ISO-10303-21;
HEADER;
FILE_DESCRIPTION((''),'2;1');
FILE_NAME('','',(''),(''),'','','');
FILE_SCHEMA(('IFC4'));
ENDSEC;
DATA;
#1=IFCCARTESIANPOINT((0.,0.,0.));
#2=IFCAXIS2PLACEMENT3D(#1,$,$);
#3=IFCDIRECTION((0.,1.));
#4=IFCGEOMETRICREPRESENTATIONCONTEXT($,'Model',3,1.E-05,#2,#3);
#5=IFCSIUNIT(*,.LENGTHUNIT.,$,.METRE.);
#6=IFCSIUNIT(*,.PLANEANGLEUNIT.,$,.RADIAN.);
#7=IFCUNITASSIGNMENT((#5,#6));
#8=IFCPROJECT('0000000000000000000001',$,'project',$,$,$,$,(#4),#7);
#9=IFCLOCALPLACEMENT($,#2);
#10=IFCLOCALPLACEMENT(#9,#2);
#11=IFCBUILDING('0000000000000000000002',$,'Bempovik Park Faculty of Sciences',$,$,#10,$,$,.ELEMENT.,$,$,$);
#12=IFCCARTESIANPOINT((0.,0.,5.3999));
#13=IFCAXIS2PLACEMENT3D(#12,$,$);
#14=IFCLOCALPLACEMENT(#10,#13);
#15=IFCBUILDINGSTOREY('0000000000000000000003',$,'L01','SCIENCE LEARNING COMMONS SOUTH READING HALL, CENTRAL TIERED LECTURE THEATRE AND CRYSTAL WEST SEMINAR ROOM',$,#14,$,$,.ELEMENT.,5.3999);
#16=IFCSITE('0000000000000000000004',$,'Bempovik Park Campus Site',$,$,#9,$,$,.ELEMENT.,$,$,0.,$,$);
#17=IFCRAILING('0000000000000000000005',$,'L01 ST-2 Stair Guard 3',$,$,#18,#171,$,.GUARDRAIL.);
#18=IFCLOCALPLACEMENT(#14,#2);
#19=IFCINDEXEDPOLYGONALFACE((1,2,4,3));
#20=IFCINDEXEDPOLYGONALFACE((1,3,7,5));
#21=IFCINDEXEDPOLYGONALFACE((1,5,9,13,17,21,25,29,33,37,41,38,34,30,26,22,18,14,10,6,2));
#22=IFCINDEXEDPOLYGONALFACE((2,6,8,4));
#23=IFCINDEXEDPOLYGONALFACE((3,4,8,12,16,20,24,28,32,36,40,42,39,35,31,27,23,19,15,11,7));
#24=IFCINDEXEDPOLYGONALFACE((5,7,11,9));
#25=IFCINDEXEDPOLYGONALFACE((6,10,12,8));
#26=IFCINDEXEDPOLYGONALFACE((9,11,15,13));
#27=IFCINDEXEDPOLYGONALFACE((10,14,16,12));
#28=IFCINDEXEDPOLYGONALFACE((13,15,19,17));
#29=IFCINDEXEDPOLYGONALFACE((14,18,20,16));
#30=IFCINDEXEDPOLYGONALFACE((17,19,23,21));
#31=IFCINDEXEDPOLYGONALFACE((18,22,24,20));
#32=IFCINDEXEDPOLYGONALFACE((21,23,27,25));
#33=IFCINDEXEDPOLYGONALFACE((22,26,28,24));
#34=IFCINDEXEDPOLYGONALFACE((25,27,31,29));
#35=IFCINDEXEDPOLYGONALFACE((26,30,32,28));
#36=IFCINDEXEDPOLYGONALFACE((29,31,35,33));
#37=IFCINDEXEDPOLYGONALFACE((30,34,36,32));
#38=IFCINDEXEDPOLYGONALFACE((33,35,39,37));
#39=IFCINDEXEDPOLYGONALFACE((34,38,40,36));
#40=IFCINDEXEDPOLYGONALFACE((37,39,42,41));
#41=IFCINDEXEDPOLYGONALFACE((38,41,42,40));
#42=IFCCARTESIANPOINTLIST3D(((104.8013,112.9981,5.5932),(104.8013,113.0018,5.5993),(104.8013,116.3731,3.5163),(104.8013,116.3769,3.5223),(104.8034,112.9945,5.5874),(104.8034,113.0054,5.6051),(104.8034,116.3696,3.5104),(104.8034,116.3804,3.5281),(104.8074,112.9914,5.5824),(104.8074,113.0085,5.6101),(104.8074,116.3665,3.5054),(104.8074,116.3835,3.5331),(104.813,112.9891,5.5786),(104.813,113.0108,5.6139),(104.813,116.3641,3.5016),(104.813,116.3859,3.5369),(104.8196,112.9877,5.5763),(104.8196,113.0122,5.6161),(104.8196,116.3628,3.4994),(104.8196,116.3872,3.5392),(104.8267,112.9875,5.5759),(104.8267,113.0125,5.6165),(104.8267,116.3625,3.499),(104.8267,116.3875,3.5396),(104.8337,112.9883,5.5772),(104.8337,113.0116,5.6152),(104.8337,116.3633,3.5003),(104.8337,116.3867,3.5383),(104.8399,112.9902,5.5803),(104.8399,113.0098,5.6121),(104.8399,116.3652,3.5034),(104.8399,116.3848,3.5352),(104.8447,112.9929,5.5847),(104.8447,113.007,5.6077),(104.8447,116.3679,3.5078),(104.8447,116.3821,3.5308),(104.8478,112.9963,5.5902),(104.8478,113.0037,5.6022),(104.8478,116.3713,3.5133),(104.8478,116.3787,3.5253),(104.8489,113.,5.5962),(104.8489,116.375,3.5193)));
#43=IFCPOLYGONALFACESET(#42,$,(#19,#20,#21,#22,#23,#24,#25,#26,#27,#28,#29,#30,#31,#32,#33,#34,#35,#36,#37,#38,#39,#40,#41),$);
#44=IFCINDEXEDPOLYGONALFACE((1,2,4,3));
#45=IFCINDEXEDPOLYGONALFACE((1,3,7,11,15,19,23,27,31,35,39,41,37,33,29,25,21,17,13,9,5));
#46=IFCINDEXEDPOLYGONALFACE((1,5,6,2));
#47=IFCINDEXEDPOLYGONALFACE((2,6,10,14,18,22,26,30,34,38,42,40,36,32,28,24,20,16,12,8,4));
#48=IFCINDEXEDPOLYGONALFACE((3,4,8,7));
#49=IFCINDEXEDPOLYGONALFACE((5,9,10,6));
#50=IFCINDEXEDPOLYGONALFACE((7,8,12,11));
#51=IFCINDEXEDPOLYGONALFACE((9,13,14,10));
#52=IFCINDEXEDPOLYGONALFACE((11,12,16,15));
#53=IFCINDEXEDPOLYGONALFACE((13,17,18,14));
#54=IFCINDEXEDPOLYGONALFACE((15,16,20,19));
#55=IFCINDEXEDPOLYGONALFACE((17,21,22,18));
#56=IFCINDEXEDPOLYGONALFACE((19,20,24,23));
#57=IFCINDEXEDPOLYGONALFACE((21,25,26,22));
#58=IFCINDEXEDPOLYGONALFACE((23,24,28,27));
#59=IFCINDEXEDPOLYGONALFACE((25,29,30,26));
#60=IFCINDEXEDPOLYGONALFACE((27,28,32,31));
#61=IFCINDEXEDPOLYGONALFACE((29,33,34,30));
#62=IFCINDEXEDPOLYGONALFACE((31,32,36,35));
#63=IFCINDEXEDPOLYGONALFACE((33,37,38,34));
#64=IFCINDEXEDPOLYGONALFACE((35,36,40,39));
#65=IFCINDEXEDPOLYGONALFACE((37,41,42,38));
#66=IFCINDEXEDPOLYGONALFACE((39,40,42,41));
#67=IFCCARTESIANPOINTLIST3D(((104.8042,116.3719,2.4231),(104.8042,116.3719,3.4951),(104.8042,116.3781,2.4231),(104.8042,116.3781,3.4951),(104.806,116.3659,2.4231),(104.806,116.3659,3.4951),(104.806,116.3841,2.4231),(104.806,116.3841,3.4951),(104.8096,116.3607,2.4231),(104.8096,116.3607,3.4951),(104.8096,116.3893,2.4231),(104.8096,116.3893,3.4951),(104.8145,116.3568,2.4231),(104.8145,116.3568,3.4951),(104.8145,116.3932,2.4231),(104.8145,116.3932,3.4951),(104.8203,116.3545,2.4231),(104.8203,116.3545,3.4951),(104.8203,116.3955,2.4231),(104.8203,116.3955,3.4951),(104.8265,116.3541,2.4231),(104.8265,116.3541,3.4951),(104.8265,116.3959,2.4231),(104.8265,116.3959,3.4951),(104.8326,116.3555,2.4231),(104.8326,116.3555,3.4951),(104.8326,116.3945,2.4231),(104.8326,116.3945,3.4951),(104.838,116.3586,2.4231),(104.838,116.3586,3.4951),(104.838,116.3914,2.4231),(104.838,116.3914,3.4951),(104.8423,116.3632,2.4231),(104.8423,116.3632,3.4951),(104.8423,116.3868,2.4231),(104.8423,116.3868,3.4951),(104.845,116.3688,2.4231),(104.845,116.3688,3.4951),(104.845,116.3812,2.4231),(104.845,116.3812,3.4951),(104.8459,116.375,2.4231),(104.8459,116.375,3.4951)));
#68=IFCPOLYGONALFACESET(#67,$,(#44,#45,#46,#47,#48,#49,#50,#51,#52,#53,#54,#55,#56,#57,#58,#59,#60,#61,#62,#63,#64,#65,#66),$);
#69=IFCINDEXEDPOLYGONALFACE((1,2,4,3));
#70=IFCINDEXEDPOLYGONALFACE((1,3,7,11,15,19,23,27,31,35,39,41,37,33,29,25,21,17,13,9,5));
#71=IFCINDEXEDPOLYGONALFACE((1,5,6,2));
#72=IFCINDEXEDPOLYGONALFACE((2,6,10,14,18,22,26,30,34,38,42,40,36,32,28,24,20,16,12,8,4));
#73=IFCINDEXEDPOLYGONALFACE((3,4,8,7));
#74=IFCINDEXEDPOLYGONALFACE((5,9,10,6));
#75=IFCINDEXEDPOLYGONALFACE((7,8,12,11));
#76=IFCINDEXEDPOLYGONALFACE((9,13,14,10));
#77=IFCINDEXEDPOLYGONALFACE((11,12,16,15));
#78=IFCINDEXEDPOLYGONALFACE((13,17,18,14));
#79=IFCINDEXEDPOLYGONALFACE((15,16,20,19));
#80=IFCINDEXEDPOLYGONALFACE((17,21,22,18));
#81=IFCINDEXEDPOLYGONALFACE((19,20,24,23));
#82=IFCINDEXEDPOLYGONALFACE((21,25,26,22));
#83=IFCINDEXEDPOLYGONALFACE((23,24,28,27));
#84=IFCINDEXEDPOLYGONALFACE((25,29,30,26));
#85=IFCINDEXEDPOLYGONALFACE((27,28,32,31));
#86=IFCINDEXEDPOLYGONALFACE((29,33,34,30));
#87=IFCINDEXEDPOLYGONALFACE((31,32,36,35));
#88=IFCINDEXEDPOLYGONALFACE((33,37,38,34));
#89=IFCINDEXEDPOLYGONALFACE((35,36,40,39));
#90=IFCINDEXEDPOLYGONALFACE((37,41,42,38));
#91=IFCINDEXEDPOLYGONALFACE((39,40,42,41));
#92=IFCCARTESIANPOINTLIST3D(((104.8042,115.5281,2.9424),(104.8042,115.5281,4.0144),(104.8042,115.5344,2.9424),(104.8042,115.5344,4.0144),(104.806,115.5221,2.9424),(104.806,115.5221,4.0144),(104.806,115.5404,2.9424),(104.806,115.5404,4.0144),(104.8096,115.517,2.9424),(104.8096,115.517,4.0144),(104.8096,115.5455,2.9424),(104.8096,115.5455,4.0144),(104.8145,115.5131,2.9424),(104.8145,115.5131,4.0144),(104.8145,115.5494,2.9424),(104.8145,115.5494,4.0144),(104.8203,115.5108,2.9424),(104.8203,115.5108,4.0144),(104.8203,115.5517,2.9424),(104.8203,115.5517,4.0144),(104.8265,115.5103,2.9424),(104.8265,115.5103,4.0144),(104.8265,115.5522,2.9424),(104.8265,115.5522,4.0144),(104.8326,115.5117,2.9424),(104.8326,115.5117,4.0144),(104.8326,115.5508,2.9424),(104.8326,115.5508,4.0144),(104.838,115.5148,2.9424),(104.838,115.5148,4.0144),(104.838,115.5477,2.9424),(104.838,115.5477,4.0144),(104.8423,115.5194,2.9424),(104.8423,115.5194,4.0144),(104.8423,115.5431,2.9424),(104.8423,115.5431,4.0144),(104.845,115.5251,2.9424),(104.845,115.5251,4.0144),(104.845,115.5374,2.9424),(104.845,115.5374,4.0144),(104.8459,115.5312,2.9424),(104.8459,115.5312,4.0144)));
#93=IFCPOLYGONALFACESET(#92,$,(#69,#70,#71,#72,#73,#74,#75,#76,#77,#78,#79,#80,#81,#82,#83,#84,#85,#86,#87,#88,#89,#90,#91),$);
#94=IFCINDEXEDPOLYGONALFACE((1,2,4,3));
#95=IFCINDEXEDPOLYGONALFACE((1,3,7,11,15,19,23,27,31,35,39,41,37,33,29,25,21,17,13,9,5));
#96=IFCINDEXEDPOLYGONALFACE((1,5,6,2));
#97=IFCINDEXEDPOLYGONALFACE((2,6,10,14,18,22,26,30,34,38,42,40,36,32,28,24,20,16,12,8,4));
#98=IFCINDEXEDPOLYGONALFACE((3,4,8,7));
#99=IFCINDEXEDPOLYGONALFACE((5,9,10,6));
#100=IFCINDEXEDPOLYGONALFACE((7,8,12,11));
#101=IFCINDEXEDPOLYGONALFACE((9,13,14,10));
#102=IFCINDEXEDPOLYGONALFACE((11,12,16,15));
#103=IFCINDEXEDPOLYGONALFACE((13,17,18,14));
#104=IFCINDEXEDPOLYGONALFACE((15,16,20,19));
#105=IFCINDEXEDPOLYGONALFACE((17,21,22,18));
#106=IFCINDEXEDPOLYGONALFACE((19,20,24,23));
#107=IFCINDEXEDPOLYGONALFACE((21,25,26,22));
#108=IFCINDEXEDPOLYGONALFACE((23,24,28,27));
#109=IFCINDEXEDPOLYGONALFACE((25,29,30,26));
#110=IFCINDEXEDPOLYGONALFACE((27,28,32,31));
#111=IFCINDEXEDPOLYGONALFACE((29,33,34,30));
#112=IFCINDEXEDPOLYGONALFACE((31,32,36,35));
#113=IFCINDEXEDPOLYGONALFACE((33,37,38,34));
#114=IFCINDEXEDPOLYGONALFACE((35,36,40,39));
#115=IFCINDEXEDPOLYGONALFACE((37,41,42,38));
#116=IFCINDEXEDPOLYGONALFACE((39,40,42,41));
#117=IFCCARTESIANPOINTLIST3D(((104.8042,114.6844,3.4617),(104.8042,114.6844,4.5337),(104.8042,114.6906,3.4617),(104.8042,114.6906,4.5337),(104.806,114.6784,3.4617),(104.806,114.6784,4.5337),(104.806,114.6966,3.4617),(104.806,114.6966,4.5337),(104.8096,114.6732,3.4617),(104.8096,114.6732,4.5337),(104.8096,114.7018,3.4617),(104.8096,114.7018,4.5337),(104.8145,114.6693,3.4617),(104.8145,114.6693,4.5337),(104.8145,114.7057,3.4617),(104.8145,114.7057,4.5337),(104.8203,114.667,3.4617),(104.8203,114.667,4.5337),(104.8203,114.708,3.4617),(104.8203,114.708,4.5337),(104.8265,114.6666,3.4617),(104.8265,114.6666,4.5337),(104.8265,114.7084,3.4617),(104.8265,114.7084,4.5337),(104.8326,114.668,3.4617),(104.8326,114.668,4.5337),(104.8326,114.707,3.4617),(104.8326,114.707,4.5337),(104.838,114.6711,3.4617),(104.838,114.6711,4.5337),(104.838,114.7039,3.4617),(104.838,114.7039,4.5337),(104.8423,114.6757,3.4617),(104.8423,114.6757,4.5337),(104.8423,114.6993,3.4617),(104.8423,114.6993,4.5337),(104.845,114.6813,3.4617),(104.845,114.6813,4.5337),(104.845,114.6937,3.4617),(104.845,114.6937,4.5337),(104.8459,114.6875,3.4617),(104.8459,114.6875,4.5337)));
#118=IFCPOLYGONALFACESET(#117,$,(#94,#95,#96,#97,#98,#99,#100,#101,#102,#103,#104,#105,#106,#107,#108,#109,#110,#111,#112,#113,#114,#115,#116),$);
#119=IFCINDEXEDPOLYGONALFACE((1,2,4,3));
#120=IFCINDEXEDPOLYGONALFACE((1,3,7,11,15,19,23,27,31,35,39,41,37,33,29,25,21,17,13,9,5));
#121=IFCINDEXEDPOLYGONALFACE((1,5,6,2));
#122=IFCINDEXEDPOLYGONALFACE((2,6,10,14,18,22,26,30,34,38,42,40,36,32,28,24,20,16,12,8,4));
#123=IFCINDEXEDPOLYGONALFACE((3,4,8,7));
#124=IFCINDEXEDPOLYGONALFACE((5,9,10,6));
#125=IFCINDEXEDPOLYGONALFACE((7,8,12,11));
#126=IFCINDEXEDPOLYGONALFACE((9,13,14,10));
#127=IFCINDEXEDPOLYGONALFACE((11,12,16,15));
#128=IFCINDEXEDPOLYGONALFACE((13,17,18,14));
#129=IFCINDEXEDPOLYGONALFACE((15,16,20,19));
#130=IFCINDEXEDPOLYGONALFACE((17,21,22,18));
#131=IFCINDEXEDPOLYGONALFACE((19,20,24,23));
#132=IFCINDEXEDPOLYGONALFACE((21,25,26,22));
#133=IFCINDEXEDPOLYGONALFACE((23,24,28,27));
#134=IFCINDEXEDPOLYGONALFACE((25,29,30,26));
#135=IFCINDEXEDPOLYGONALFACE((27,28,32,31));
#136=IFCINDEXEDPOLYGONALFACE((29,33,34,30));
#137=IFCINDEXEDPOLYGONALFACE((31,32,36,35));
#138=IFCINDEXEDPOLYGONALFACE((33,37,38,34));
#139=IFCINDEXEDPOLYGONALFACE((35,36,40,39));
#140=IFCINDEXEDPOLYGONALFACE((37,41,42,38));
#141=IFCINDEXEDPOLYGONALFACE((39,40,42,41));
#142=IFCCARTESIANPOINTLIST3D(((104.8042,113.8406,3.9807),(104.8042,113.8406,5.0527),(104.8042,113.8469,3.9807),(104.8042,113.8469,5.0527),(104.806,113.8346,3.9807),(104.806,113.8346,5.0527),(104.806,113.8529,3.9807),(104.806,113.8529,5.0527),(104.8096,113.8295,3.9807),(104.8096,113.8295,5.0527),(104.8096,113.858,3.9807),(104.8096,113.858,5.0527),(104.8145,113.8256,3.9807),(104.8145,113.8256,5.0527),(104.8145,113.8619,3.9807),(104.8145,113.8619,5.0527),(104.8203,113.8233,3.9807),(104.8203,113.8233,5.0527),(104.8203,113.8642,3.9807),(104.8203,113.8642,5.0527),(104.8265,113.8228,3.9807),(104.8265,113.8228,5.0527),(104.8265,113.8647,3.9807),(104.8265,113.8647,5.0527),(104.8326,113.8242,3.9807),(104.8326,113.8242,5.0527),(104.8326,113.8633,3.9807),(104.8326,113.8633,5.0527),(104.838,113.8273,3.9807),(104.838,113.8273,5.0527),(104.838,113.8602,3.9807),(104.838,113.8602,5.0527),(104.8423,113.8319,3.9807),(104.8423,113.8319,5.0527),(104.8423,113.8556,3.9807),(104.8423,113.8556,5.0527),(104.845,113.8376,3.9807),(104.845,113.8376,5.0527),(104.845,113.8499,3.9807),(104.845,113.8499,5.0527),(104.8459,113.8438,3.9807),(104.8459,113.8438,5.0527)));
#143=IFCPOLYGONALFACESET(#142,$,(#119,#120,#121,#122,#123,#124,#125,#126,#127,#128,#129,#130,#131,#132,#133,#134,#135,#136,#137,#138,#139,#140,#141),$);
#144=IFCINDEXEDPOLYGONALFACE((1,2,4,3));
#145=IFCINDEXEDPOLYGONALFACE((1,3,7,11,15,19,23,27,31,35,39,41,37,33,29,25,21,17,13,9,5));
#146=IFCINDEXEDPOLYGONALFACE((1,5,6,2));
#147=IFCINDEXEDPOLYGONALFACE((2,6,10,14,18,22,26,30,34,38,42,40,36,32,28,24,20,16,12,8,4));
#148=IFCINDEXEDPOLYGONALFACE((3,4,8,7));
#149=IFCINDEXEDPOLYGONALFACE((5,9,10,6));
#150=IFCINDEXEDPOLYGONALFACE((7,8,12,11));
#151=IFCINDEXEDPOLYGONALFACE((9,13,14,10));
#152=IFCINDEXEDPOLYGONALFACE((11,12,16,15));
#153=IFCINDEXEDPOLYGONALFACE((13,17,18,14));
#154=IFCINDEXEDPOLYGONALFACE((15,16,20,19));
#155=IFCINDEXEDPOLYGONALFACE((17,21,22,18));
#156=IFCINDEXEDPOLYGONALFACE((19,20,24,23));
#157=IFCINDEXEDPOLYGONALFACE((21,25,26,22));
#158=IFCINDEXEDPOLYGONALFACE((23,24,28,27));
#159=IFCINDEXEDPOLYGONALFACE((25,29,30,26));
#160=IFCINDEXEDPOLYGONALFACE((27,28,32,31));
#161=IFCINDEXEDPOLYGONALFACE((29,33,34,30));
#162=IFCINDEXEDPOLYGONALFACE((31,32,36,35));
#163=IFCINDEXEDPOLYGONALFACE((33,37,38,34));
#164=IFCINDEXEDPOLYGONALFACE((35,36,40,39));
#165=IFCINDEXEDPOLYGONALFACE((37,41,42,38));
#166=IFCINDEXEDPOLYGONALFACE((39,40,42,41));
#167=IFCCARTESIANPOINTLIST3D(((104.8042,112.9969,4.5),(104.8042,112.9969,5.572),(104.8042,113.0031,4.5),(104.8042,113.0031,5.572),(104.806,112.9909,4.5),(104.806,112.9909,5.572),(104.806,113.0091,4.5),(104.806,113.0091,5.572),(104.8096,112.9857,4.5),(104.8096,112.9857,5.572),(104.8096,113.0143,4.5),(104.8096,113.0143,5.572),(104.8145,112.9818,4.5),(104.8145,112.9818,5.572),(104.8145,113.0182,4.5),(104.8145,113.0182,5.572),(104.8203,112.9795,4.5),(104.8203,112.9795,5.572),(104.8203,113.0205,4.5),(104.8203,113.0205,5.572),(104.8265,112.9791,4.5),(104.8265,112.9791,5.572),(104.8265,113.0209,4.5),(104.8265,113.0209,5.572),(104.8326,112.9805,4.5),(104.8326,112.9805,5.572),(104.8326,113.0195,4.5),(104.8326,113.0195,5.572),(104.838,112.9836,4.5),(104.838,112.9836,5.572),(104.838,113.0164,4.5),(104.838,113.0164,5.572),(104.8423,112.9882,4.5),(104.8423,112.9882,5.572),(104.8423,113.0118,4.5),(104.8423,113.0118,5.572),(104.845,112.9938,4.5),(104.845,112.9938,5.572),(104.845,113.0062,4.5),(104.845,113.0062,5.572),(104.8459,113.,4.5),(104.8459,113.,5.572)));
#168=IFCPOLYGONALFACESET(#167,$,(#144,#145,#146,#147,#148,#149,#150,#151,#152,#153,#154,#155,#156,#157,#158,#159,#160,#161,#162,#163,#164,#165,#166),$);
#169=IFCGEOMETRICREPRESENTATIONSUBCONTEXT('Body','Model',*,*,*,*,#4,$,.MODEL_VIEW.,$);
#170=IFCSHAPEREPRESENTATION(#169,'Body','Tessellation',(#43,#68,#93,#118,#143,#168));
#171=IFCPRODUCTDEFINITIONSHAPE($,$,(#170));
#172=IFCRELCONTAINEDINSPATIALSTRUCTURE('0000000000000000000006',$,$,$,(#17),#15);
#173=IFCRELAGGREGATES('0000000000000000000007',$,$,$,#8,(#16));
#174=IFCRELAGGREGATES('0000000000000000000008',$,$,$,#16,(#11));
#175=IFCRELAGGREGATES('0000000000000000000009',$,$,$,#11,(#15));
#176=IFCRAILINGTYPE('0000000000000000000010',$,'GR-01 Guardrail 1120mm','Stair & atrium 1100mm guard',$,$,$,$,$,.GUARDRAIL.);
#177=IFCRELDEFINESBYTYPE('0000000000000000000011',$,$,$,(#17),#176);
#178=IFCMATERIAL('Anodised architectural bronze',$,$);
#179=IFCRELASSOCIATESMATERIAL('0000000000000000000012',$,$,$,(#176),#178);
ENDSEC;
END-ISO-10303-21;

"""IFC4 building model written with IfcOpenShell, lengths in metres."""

from ifc_helpers import new_model, si_unit, direction, frame, origin, origin_2d, place, context, subcontext, project, spatial, circle, extrude, material, type_object, element, save


model = new_model("IFC4")

# Units and contexts
model_context = context("Model", 3, precision=1e-05, world=origin(), true_north=direction((0.0, 1.0)))
body_context = subcontext(model_context, "Body", "Model", "MODEL_VIEW")
ifc_project = project(units=[si_unit("LENGTHUNIT", "METRE"), si_unit("PLANEANGLEUNIT", "RADIAN")], contexts=[model_context])

# Site, building, storey
site_placement = place(None, origin())
site = spatial("IfcSite", under=ifc_project, at=site_placement, Name="Bempovik Park Campus Site", CompositionType="ELEMENT", RefElevation=0.0)
building_placement = place(site_placement, origin())
building = spatial("IfcBuilding", under=site, at=building_placement, Name="Bempovik Park Faculty of Sciences", CompositionType="ELEMENT")
storey_placement = place(building_placement, frame((0.0, 0.0, 5.3999)))
storey = spatial("IfcBuildingStorey", under=building, at=storey_placement, Name="L01", Description="SCIENCE LEARNING COMMONS SOUTH READING HALL, CENTRAL TIERED LECTURE THEATRE AND CRYSTAL WEST SEMINAR ROOM", CompositionType="ELEMENT", Elevation=5.3999)

# Railing
ifc_material_1 = material(Name="Anodised architectural bronze")
railing_type_1 = type_object("IfcRailingType", Name="GR-01 Guardrail 1120mm", Description="Stair & atrium 1100mm guard", PredefinedType="GUARDRAIL", material=ifc_material_1)
railing_1_placement = place(storey_placement, frame((104.825, 116.375, 2.4231)))
element("IfcRailing", 1, at=railing_1_placement, inside=storey, type_object=railing_type_1, Name="L01 ST-2 Stair Guard 3", PredefinedType="GUARDRAIL", context=body_context, shape_type="SweptSolid", body=[
    extrude(circle(Radius=0.0239, at=origin_2d()), frame((0.0, 0.0, 1.0962), z_axis=(0.0, -0.85166, 0.524094), x_axis=(1.0, 0.0, 0.0)), (0.0, 0.0, 1.0), 3.9629),
    extrude(circle(Radius=0.021, at=origin_2d()), origin(), (0.0, 0.0, 1.0), 1.072),
    extrude(circle(Radius=0.021, at=origin_2d()), frame((0.0, -0.8438, 0.5193)), (0.0, 0.0, 1.0), 1.072),
    extrude(circle(Radius=0.021, at=origin_2d()), frame((0.0, -1.6875, 1.0386)), (0.0, 0.0, 1.0), 1.072),
    extrude(circle(Radius=0.021, at=origin_2d()), frame((0.0, -2.5312, 1.5576)), (0.0, 0.0, 1.0), 1.072),
    extrude(circle(Radius=0.021, at=origin_2d()), frame((0.0, -3.375, 2.0769)), (0.0, 0.0, 1.0), 1.072),
])

save(model, "model.ifc")
